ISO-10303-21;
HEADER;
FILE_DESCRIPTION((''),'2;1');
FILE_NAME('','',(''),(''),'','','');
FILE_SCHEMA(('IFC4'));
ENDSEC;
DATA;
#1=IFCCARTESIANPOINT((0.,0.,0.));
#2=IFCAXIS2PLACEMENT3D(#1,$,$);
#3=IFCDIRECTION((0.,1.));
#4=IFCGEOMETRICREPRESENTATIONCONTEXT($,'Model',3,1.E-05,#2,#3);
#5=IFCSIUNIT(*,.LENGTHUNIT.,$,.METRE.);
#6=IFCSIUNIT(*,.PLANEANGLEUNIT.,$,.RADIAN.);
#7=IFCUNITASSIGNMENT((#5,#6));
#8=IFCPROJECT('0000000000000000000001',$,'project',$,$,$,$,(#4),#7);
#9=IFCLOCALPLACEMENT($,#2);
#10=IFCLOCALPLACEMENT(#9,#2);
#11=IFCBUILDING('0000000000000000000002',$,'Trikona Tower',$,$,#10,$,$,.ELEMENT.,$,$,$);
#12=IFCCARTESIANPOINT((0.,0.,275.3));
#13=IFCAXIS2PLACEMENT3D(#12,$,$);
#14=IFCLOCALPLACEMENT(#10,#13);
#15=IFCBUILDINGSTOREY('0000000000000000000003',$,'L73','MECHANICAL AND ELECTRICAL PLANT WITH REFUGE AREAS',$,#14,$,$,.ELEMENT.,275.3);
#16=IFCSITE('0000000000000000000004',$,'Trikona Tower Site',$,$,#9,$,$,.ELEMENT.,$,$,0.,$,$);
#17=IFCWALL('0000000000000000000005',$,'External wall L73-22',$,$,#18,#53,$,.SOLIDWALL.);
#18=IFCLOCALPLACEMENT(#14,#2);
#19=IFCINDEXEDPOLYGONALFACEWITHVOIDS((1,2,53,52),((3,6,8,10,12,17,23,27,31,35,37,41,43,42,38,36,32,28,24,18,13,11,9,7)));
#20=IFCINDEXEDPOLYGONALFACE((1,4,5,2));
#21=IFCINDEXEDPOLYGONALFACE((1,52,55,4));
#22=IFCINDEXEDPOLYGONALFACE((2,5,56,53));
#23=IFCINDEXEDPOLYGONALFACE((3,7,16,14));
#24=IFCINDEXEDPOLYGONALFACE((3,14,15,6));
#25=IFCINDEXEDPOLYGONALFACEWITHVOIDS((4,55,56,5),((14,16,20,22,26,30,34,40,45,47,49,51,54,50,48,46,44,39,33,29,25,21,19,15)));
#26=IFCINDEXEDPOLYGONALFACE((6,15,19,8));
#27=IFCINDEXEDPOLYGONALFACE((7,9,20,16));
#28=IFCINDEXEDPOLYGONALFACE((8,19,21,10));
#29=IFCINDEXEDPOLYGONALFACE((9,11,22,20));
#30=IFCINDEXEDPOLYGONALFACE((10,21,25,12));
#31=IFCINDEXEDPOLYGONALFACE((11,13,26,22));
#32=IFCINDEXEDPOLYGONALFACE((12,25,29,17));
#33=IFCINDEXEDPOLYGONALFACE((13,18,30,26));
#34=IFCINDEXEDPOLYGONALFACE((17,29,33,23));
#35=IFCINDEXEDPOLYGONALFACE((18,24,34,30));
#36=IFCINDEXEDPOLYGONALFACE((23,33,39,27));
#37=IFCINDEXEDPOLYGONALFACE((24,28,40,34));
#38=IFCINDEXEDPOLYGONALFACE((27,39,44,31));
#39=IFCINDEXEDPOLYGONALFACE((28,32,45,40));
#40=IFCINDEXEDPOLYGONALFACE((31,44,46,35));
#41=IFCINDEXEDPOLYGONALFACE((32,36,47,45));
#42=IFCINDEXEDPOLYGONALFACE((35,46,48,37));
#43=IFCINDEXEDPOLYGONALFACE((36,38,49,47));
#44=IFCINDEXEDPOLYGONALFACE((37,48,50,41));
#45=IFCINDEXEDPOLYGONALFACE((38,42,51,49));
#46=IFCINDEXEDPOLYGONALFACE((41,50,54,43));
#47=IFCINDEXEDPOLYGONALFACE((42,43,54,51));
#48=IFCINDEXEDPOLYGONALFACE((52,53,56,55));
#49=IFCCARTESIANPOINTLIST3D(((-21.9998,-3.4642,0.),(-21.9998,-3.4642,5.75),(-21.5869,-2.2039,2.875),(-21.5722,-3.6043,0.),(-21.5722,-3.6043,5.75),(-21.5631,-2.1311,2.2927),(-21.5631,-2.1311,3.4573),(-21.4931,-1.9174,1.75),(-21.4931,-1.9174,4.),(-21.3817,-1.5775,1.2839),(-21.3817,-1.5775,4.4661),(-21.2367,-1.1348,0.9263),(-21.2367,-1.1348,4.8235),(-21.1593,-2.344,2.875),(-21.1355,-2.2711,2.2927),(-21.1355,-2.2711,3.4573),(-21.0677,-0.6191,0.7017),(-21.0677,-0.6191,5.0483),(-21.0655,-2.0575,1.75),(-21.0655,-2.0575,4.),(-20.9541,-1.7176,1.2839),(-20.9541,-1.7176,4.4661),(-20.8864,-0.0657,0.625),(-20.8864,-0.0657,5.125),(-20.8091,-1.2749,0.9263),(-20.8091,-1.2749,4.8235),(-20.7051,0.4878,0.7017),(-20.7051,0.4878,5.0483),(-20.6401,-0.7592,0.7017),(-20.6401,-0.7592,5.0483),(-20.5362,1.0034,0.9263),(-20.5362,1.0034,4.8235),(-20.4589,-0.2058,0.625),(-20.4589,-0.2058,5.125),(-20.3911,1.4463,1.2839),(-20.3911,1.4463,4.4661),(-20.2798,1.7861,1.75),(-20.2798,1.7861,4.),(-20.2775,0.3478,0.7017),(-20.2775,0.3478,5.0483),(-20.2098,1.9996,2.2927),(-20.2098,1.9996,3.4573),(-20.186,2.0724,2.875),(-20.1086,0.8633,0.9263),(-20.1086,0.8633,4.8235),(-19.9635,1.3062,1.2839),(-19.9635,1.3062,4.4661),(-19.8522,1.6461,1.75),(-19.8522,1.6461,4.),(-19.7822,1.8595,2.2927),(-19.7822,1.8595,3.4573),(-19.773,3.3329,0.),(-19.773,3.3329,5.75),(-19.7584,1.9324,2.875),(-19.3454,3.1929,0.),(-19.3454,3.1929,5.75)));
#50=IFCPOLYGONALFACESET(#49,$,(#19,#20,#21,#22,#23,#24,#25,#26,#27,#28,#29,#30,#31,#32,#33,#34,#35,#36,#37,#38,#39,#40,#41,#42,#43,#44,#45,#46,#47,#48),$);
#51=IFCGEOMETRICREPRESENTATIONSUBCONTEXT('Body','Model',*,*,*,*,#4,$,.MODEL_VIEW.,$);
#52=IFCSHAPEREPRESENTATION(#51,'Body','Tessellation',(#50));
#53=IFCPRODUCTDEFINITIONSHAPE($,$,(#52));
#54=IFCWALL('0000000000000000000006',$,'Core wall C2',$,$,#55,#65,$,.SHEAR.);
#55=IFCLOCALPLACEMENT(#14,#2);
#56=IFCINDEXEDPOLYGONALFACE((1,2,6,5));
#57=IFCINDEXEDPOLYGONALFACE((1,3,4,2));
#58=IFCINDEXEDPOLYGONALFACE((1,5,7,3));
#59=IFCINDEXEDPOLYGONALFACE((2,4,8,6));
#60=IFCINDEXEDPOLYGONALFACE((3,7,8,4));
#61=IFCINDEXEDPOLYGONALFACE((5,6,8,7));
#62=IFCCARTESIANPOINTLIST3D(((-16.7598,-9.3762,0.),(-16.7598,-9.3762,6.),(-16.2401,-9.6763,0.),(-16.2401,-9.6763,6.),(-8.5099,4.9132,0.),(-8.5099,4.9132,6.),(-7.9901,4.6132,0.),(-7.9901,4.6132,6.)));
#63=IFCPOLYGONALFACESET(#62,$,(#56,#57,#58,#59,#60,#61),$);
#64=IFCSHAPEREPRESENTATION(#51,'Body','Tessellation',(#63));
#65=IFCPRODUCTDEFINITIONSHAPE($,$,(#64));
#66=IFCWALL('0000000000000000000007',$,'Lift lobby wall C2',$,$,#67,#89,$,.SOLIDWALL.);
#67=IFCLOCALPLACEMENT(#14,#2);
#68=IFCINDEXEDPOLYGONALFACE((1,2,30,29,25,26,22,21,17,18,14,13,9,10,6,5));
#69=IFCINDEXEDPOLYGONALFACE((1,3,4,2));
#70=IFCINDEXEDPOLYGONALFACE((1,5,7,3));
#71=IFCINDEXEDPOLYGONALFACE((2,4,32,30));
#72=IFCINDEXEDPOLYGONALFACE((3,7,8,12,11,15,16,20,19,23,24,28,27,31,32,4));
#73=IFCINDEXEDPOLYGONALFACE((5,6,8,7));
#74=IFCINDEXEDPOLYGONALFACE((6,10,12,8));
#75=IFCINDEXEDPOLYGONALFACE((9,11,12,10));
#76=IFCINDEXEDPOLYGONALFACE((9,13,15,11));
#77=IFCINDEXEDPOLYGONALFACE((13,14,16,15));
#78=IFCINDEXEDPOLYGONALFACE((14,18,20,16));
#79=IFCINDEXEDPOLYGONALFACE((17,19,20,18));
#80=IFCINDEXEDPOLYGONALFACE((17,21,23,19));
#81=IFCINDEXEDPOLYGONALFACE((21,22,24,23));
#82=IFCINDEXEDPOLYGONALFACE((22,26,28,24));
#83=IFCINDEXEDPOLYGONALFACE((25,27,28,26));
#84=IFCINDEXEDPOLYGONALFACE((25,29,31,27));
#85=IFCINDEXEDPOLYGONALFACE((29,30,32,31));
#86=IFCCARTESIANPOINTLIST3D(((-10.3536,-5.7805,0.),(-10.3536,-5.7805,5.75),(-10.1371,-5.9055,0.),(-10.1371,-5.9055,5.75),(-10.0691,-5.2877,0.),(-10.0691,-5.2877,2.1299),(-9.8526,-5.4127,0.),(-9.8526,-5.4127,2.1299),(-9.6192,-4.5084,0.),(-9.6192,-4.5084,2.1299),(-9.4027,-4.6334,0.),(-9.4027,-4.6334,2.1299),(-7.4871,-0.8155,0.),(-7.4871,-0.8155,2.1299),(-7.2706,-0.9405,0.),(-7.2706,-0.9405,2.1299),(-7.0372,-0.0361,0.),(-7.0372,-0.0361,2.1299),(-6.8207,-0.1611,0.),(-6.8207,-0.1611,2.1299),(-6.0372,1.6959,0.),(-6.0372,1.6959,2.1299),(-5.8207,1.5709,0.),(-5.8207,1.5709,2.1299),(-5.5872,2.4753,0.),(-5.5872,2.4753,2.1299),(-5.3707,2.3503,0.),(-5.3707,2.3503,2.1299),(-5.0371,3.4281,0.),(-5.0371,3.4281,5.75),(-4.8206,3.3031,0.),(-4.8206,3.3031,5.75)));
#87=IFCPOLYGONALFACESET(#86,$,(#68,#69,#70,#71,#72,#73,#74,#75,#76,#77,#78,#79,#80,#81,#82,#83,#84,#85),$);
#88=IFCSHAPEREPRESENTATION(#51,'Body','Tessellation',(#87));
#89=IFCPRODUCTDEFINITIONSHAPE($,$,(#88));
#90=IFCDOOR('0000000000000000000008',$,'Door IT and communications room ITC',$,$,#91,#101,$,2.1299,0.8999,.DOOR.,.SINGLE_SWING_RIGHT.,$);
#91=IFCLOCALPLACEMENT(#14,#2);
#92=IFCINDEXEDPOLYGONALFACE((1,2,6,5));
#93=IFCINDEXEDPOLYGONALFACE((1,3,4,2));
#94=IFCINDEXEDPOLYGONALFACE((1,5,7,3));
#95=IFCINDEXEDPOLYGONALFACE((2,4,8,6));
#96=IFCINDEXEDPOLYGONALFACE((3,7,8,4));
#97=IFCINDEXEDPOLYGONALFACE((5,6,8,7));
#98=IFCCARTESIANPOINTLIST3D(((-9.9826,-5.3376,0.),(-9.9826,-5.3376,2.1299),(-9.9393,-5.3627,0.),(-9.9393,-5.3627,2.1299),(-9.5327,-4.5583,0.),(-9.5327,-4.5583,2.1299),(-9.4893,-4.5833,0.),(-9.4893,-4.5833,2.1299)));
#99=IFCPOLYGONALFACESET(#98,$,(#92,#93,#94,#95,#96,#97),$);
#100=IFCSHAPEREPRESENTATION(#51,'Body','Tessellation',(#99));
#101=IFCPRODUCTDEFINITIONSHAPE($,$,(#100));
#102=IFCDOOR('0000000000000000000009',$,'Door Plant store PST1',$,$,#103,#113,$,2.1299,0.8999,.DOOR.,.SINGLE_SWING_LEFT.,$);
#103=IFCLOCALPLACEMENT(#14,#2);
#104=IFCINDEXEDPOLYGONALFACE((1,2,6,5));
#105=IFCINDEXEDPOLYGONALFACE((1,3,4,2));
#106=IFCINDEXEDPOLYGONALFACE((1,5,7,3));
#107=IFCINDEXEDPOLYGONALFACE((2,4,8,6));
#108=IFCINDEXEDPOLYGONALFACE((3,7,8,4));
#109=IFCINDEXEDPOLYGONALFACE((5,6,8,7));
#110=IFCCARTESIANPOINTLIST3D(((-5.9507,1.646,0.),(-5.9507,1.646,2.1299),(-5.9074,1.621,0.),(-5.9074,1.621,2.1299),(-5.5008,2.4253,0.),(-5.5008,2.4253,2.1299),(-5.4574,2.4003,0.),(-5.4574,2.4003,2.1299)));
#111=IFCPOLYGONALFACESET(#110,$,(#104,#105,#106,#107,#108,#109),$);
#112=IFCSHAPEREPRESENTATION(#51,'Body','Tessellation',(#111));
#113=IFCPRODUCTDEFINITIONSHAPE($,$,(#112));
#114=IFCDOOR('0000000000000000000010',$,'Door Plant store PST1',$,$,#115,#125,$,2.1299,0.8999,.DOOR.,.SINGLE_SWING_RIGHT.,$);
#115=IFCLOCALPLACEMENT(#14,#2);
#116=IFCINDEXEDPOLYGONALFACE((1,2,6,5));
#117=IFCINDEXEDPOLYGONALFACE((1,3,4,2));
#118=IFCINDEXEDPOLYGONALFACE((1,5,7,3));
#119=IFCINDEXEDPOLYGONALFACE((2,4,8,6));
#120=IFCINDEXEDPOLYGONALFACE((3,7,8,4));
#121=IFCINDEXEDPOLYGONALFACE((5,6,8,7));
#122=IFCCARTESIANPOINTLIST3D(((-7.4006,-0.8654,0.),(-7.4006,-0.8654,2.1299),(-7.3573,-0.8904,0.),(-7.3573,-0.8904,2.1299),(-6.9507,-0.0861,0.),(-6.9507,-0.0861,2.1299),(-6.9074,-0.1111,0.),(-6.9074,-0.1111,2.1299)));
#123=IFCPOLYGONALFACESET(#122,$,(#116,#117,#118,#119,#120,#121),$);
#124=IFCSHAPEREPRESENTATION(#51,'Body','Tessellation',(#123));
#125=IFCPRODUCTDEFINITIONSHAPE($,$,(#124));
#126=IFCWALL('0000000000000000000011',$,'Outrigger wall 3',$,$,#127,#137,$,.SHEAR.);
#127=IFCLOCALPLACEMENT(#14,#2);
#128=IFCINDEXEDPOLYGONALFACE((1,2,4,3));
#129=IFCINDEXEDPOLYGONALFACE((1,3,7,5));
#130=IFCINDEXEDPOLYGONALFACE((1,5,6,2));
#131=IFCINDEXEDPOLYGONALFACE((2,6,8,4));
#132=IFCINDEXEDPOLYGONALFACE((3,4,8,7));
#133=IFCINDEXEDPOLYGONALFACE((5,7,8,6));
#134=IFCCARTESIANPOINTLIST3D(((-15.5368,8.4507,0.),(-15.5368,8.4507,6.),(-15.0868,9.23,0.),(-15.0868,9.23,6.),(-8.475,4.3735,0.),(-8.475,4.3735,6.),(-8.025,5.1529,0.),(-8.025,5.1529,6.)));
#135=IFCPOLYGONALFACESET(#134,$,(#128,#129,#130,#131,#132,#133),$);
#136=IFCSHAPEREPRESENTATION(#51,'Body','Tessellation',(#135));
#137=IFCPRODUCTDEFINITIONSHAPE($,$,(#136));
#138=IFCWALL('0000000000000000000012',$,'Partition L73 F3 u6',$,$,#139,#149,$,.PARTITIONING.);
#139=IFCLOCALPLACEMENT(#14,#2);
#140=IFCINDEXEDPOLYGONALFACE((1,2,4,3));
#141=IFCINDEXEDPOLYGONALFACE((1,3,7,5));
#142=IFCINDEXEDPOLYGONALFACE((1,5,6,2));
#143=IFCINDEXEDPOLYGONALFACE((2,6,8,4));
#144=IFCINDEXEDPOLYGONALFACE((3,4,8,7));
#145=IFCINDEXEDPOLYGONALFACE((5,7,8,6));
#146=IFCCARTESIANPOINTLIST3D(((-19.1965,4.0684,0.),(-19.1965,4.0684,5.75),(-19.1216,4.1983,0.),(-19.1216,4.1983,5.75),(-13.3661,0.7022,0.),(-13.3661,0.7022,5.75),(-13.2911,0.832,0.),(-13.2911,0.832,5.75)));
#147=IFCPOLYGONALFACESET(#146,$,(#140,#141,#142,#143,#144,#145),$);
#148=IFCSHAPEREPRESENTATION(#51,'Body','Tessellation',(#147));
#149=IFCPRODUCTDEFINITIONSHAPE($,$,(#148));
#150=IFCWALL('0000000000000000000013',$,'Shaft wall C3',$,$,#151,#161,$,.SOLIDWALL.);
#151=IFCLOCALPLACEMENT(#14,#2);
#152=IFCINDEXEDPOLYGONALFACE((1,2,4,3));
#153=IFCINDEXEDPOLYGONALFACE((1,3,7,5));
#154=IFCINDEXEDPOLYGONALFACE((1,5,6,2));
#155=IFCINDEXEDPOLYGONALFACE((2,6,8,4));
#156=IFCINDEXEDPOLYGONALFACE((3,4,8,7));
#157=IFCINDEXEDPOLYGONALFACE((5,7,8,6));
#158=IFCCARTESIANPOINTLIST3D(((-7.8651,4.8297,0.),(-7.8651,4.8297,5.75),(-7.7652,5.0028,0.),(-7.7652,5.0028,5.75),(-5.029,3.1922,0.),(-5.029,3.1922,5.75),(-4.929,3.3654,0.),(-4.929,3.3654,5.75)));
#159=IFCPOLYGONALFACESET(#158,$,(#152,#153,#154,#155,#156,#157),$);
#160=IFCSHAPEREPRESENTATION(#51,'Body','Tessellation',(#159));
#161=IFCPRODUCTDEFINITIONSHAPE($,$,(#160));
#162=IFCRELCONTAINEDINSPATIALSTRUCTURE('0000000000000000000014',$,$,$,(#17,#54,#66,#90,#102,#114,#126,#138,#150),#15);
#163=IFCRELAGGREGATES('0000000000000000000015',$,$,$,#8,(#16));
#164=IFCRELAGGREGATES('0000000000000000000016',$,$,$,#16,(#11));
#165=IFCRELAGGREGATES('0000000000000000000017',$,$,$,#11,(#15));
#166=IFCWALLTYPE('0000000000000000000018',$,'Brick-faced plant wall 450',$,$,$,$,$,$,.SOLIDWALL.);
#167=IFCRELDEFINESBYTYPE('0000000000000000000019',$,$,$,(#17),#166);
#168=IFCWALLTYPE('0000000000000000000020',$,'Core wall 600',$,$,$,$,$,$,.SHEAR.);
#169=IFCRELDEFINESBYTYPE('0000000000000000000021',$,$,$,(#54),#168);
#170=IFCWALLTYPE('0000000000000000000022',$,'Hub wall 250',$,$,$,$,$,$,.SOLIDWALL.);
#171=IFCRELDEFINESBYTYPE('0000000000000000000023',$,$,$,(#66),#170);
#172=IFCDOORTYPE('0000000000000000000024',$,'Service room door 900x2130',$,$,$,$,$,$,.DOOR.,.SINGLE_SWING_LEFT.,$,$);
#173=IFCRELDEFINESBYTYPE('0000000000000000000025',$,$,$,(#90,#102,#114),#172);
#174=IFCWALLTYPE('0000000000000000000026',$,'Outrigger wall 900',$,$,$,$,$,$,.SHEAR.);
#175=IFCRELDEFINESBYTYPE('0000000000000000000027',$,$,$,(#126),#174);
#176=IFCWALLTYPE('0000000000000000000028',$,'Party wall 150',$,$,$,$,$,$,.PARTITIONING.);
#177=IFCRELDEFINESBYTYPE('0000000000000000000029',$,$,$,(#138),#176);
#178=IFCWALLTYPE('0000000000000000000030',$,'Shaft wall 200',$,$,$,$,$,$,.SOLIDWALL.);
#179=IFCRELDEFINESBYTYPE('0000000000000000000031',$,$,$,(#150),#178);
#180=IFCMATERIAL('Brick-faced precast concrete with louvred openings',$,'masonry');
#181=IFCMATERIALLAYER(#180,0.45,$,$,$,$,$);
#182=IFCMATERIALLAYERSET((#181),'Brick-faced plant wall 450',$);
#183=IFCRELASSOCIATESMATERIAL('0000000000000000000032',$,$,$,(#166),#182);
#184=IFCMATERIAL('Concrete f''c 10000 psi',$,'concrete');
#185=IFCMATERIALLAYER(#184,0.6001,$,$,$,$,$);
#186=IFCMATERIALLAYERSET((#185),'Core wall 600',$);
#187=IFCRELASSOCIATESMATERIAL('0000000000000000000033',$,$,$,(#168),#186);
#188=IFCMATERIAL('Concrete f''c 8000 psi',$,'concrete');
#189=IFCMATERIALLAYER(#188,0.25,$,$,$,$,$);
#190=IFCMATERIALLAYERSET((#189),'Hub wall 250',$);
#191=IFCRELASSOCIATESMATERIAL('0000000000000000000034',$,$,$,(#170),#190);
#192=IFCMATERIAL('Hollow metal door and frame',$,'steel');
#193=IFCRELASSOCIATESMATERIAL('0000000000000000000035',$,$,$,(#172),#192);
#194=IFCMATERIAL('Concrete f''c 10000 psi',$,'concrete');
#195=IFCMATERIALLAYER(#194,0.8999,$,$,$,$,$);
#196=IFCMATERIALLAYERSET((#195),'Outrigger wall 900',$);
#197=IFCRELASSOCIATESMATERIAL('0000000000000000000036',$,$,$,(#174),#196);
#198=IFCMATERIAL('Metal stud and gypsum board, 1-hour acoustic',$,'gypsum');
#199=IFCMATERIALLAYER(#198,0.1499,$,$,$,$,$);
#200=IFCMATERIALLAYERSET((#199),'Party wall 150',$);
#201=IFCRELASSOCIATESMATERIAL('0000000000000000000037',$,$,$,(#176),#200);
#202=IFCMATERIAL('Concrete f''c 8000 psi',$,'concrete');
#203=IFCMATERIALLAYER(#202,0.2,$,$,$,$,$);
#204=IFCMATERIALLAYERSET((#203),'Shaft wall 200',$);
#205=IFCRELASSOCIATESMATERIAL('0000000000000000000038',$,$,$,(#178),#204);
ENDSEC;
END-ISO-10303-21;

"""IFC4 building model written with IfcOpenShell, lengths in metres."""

from ifc_helpers import new_model, si_unit, direction, frame, frame_2d, origin, place, context, subcontext, project, spatial, polyline, rectangle, outline, extrude, material, layer, layer_set, type_object, element, fill, save


model = new_model("IFC4")

# Units and contexts
model_context = context("Model", 3, precision=1e-05, world=origin(), true_north=direction((0.0, 1.0)))
body_context = subcontext(model_context, "Body", "Model", "MODEL_VIEW")
ifc_project = project(units=[si_unit("LENGTHUNIT", "METRE"), si_unit("PLANEANGLEUNIT", "RADIAN")], contexts=[model_context])

# Site, building, storey
site_placement = place(None, origin())
site = spatial("IfcSite", under=ifc_project, at=site_placement, Name="Trikona Tower Site", CompositionType="ELEMENT", RefElevation=0.0)
building_placement = place(site_placement, origin())
building = spatial("IfcBuilding", under=site, at=building_placement, Name="Trikona Tower", CompositionType="ELEMENT")
storey_placement = place(building_placement, frame((0.0, 0.0, 275.3)))
storey = spatial("IfcBuildingStorey", under=building, at=storey_placement, Name="L73", Description="MECHANICAL AND ELECTRICAL PLANT WITH REFUGE AREAS", CompositionType="ELEMENT", Elevation=275.3)

# Walls
ifc_material_1 = material(Name="Brick-faced precast concrete with louvred openings", Category="masonry")
ifc_layer_1 = layer(ifc_material_1, 0.45)
ifc_layer_set_1 = layer_set([ifc_layer_1], Name="Brick-faced plant wall 450")
wall_type_1 = type_object("IfcWallType", Name="Brick-faced plant wall 450", PredefinedType="SOLIDWALL", material=ifc_layer_set_1)
wall_1_placement = place(storey_placement, frame((-19.5593, 3.2629, 0.0), z_axis=(0.0, 0.0, 1.0), x_axis=(-0.311329, -0.950302, 0.0)))
element("IfcWall", 1, at=wall_1_placement, inside=storey, type_object=wall_type_1, Name="External wall L73-22", PredefinedType="SOLIDWALL", context=body_context, shape_type="SweptSolid", body=[
    extrude(outline(polyline([(0.0, 0.0), (7.1526, 0.0), (7.1526, 5.75), (0.0, 5.75), (0.0, 0.0)]), holes=[polyline([(5.8264, 2.875), (5.7498, 3.4573), (5.5249, 4.0), (5.1672, 4.4661), (4.7014, 4.8235), (4.1587, 5.0483), (3.5764, 5.125), (2.9939, 5.0483), (2.4514, 4.8235), (1.9854, 4.4661), (1.6277, 4.0), (1.4031, 3.4573), (1.3264, 2.875), (1.4031, 2.2927), (1.6277, 1.75), (1.9854, 1.2839), (2.4514, 0.9263), (2.9939, 0.7017), (3.5764, 0.625), (4.1587, 0.7017), (4.7014, 0.9263), (5.1672, 1.2839), (5.5249, 1.75), (5.7498, 2.2927), (5.8264, 2.875)])]), frame((0.0, 0.2251, 0.0), z_axis=(0.0, -1.0, 0.0), x_axis=(1.0, 0.0, 0.0)), (0.0, 0.0, 1.0), 0.45),
])
ifc_material_2 = material(Name="Concrete f'c 10000 psi", Category="concrete")
ifc_layer_2 = layer(ifc_material_2, 0.6001)
ifc_layer_set_2 = layer_set([ifc_layer_2], Name="Core wall 600")
wall_type_2 = type_object("IfcWallType", Name="Core wall 600", PredefinedType="SHEAR", material=ifc_layer_set_2)
wall_2_placement = place(storey_placement, frame((-8.25, 4.7632, 0.0), z_axis=(0.0, 0.0, 1.0), x_axis=(-0.499997, -0.866027, 0.0)))
element("IfcWall", 2, at=wall_2_placement, inside=storey, type_object=wall_type_2, Name="Core wall C2", PredefinedType="SHEAR", context=body_context, shape_type="SweptSolid", body=[
    extrude(rectangle(XDim=16.5, YDim=0.6001, at=frame_2d((8.25, 0.0))), origin(), (0.0, 0.0, 1.0), 6.0),
])

# Wall, openings, doors
ifc_material_3 = material(Name="Concrete f'c 8000 psi", Category="concrete")
ifc_layer_3 = layer(ifc_material_3, 0.25)
ifc_layer_set_3 = layer_set([ifc_layer_3], Name="Hub wall 250")
wall_type_3 = type_object("IfcWallType", Name="Hub wall 250", PredefinedType="SOLIDWALL", material=ifc_layer_set_3)
wall_3_placement = place(storey_placement, frame((-4.929, 3.3655, 0.0), z_axis=(0.0, 0.0, 1.0), x_axis=(-0.499991, -0.86603, 0.0)))
wall_3 = element("IfcWall", 3, at=wall_3_placement, inside=storey, type_object=wall_type_3, Name="Lift lobby wall C2", PredefinedType="SOLIDWALL", context=body_context, shape_type="SweptSolid", body=[
    extrude(rectangle(XDim=10.6331, YDim=0.25, at=frame_2d((5.3164, 0.0))), origin(), (0.0, 0.0, 1.0), 5.75),
])
opening_1_placement = place(wall_3_placement, frame((9.1641, 0.0, 0.0)))
opening_1 = element("IfcOpeningElement", 4, at=opening_1_placement, cuts=wall_3, PredefinedType="OPENING", context=body_context, shape_type="SweptSolid", body=[
    extrude(rectangle(XDim=0.8999, YDim=2.1299, at=frame_2d((0.45, 1.0649))), frame((0.0, 0.135, 0.0), z_axis=(0.0, -1.0, 0.0), x_axis=(1.0, 0.0, 0.0)), (0.0, 0.0, 1.0), 0.27),
])
opening_2_placement = place(wall_3_placement, frame((1.1001, 0.0, 0.0)))
opening_2 = element("IfcOpeningElement", 5, at=opening_2_placement, cuts=wall_3, PredefinedType="OPENING", context=body_context, shape_type="SweptSolid", body=[
    extrude(rectangle(XDim=0.8999, YDim=2.1299, at=frame_2d((0.45, 1.0649))), frame((0.0, 0.135, 0.0), z_axis=(0.0, -1.0, 0.0), x_axis=(1.0, 0.0, 0.0)), (0.0, 0.0, 1.0), 0.27),
])
opening_3_placement = place(wall_3_placement, frame((4.0, 0.0, 0.0)))
opening_3 = element("IfcOpeningElement", 6, at=opening_3_placement, cuts=wall_3, PredefinedType="OPENING", context=body_context, shape_type="SweptSolid", body=[
    extrude(rectangle(XDim=0.8999, YDim=2.1299, at=frame_2d((0.45, 1.0649))), frame((0.0, 0.135, 0.0), z_axis=(0.0, -1.0, 0.0), x_axis=(1.0, 0.0, 0.0)), (0.0, 0.0, 1.0), 0.27),
])
ifc_material_4 = material(Name="Hollow metal door and frame", Category="steel")
door_type = type_object("IfcDoorType", Name="Service room door 900x2130", OperationType="SINGLE_SWING_LEFT", PredefinedType="DOOR", material=ifc_material_4)
door_1_placement = place(opening_1_placement, origin())
door_1 = element("IfcDoor", 7, at=door_1_placement, inside=storey, type_object=door_type, Name="Door IT and communications room ITC", OperationType="SINGLE_SWING_RIGHT", OverallHeight=2.1299, OverallWidth=0.8999, PredefinedType="DOOR", context=body_context, shape_type="SweptSolid", body=[
    extrude(rectangle(XDim=0.8999, YDim=2.1299, at=frame_2d((0.45, 1.0649))), frame((0.0, 0.0249, 0.0), z_axis=(0.0, -1.0, 0.0), x_axis=(1.0, 0.0, 0.0)), (0.0, 0.0, 1.0), 0.05),
])
fill(opening_1, door_1)
door_2_placement = place(opening_2_placement, origin())
door_2 = element("IfcDoor", 8, at=door_2_placement, inside=storey, type_object=door_type, Name="Door Plant store PST1", OperationType="SINGLE_SWING_LEFT", OverallHeight=2.1299, OverallWidth=0.8999, PredefinedType="DOOR", context=body_context, shape_type="SweptSolid", body=[
    extrude(rectangle(XDim=0.8999, YDim=2.1299, at=frame_2d((0.45, 1.0649))), frame((0.0, 0.0249, 0.0), z_axis=(0.0, -1.0, 0.0), x_axis=(1.0, 0.0, 0.0)), (0.0, 0.0, 1.0), 0.05),
])
fill(opening_2, door_2)
door_3_placement = place(opening_3_placement, origin())
door_3 = element("IfcDoor", 9, at=door_3_placement, inside=storey, type_object=door_type, Name="Door Plant store PST1", OperationType="SINGLE_SWING_RIGHT", OverallHeight=2.1299, OverallWidth=0.8999, PredefinedType="DOOR", context=body_context, shape_type="SweptSolid", body=[
    extrude(rectangle(XDim=0.8999, YDim=2.1299, at=frame_2d((0.45, 1.0649))), frame((0.0, 0.0249, 0.0), z_axis=(0.0, -1.0, 0.0), x_axis=(1.0, 0.0, 0.0)), (0.0, 0.0, 1.0), 0.05),
])
fill(opening_3, door_3)

# Walls
ifc_material_5 = material(Name="Concrete f'c 10000 psi", Category="concrete")
ifc_layer_4 = layer(ifc_material_5, 0.8999)
ifc_layer_set_4 = layer_set([ifc_layer_4], Name="Outrigger wall 900")
wall_type_4 = type_object("IfcWallType", Name="Outrigger wall 900", PredefinedType="SHEAR", material=ifc_layer_set_4)
wall_4_placement = place(storey_placement, frame((-8.25, 4.7632, 0.0), z_axis=(0.0, 0.0, 1.0), x_axis=(-0.866024, 0.500003, 0.0)))
element("IfcWall", 10, at=wall_4_placement, inside=storey, type_object=wall_type_4, Name="Outrigger wall 3", PredefinedType="SHEAR", context=body_context, shape_type="SweptSolid", body=[
    extrude(rectangle(XDim=8.1543, YDim=0.8999, at=frame_2d((4.0771, 0.0))), origin(), (0.0, 0.0, 1.0), 6.0),
])
ifc_material_6 = material(Name="Metal stud and gypsum board, 1-hour acoustic", Category="gypsum")
ifc_layer_5 = layer(ifc_material_6, 0.1499)
ifc_layer_set_5 = layer_set([ifc_layer_5], Name="Party wall 150")
wall_type_5 = type_object("IfcWallType", Name="Party wall 150", PredefinedType="PARTITIONING", material=ifc_layer_set_5)
wall_5_placement = place(storey_placement, frame((-13.3286, 0.7671, 0.0), z_axis=(0.0, 0.0, 1.0), x_axis=(-0.866021, 0.500008, 0.0)))
element("IfcWall", 11, at=wall_5_placement, inside=storey, type_object=wall_type_5, Name="Partition L73 F3 u6", PredefinedType="PARTITIONING", context=body_context, shape_type="SweptSolid", body=[
    extrude(rectangle(XDim=6.7324, YDim=0.1499, at=frame_2d((3.3662, 0.0))), origin(), (0.0, 0.0, 1.0), 5.75),
])
ifc_material_7 = material(Name="Concrete f'c 8000 psi", Category="concrete")
ifc_layer_6 = layer(ifc_material_7, 0.2)
ifc_layer_set_6 = layer_set([ifc_layer_6], Name="Shaft wall 200")
wall_type_6 = type_object("IfcWallType", Name="Shaft wall 200", PredefinedType="SOLIDWALL", material=ifc_layer_set_6)
for number, where, z_axis, x_axis, name in (
    (12, (-4.979, 3.2788, 0.0), (0.0, 0.0, 1.0), (-0.866028, 0.499996, 0.0), "Shaft wall C3"),
):
    element("IfcWall", number, at=place(storey_placement, frame(where, z_axis=z_axis, x_axis=x_axis)), inside=storey, type_object=wall_type_6, Name=name, PredefinedType="SOLIDWALL", context=body_context, shape_type="SweptSolid", body=[
        extrude(rectangle(XDim=3.2749, YDim=0.2, at=frame_2d((1.6375, 0.0))), origin(), (0.0, 0.0, 1.0), 5.75),
    ])

save(model, "model.ifc")
